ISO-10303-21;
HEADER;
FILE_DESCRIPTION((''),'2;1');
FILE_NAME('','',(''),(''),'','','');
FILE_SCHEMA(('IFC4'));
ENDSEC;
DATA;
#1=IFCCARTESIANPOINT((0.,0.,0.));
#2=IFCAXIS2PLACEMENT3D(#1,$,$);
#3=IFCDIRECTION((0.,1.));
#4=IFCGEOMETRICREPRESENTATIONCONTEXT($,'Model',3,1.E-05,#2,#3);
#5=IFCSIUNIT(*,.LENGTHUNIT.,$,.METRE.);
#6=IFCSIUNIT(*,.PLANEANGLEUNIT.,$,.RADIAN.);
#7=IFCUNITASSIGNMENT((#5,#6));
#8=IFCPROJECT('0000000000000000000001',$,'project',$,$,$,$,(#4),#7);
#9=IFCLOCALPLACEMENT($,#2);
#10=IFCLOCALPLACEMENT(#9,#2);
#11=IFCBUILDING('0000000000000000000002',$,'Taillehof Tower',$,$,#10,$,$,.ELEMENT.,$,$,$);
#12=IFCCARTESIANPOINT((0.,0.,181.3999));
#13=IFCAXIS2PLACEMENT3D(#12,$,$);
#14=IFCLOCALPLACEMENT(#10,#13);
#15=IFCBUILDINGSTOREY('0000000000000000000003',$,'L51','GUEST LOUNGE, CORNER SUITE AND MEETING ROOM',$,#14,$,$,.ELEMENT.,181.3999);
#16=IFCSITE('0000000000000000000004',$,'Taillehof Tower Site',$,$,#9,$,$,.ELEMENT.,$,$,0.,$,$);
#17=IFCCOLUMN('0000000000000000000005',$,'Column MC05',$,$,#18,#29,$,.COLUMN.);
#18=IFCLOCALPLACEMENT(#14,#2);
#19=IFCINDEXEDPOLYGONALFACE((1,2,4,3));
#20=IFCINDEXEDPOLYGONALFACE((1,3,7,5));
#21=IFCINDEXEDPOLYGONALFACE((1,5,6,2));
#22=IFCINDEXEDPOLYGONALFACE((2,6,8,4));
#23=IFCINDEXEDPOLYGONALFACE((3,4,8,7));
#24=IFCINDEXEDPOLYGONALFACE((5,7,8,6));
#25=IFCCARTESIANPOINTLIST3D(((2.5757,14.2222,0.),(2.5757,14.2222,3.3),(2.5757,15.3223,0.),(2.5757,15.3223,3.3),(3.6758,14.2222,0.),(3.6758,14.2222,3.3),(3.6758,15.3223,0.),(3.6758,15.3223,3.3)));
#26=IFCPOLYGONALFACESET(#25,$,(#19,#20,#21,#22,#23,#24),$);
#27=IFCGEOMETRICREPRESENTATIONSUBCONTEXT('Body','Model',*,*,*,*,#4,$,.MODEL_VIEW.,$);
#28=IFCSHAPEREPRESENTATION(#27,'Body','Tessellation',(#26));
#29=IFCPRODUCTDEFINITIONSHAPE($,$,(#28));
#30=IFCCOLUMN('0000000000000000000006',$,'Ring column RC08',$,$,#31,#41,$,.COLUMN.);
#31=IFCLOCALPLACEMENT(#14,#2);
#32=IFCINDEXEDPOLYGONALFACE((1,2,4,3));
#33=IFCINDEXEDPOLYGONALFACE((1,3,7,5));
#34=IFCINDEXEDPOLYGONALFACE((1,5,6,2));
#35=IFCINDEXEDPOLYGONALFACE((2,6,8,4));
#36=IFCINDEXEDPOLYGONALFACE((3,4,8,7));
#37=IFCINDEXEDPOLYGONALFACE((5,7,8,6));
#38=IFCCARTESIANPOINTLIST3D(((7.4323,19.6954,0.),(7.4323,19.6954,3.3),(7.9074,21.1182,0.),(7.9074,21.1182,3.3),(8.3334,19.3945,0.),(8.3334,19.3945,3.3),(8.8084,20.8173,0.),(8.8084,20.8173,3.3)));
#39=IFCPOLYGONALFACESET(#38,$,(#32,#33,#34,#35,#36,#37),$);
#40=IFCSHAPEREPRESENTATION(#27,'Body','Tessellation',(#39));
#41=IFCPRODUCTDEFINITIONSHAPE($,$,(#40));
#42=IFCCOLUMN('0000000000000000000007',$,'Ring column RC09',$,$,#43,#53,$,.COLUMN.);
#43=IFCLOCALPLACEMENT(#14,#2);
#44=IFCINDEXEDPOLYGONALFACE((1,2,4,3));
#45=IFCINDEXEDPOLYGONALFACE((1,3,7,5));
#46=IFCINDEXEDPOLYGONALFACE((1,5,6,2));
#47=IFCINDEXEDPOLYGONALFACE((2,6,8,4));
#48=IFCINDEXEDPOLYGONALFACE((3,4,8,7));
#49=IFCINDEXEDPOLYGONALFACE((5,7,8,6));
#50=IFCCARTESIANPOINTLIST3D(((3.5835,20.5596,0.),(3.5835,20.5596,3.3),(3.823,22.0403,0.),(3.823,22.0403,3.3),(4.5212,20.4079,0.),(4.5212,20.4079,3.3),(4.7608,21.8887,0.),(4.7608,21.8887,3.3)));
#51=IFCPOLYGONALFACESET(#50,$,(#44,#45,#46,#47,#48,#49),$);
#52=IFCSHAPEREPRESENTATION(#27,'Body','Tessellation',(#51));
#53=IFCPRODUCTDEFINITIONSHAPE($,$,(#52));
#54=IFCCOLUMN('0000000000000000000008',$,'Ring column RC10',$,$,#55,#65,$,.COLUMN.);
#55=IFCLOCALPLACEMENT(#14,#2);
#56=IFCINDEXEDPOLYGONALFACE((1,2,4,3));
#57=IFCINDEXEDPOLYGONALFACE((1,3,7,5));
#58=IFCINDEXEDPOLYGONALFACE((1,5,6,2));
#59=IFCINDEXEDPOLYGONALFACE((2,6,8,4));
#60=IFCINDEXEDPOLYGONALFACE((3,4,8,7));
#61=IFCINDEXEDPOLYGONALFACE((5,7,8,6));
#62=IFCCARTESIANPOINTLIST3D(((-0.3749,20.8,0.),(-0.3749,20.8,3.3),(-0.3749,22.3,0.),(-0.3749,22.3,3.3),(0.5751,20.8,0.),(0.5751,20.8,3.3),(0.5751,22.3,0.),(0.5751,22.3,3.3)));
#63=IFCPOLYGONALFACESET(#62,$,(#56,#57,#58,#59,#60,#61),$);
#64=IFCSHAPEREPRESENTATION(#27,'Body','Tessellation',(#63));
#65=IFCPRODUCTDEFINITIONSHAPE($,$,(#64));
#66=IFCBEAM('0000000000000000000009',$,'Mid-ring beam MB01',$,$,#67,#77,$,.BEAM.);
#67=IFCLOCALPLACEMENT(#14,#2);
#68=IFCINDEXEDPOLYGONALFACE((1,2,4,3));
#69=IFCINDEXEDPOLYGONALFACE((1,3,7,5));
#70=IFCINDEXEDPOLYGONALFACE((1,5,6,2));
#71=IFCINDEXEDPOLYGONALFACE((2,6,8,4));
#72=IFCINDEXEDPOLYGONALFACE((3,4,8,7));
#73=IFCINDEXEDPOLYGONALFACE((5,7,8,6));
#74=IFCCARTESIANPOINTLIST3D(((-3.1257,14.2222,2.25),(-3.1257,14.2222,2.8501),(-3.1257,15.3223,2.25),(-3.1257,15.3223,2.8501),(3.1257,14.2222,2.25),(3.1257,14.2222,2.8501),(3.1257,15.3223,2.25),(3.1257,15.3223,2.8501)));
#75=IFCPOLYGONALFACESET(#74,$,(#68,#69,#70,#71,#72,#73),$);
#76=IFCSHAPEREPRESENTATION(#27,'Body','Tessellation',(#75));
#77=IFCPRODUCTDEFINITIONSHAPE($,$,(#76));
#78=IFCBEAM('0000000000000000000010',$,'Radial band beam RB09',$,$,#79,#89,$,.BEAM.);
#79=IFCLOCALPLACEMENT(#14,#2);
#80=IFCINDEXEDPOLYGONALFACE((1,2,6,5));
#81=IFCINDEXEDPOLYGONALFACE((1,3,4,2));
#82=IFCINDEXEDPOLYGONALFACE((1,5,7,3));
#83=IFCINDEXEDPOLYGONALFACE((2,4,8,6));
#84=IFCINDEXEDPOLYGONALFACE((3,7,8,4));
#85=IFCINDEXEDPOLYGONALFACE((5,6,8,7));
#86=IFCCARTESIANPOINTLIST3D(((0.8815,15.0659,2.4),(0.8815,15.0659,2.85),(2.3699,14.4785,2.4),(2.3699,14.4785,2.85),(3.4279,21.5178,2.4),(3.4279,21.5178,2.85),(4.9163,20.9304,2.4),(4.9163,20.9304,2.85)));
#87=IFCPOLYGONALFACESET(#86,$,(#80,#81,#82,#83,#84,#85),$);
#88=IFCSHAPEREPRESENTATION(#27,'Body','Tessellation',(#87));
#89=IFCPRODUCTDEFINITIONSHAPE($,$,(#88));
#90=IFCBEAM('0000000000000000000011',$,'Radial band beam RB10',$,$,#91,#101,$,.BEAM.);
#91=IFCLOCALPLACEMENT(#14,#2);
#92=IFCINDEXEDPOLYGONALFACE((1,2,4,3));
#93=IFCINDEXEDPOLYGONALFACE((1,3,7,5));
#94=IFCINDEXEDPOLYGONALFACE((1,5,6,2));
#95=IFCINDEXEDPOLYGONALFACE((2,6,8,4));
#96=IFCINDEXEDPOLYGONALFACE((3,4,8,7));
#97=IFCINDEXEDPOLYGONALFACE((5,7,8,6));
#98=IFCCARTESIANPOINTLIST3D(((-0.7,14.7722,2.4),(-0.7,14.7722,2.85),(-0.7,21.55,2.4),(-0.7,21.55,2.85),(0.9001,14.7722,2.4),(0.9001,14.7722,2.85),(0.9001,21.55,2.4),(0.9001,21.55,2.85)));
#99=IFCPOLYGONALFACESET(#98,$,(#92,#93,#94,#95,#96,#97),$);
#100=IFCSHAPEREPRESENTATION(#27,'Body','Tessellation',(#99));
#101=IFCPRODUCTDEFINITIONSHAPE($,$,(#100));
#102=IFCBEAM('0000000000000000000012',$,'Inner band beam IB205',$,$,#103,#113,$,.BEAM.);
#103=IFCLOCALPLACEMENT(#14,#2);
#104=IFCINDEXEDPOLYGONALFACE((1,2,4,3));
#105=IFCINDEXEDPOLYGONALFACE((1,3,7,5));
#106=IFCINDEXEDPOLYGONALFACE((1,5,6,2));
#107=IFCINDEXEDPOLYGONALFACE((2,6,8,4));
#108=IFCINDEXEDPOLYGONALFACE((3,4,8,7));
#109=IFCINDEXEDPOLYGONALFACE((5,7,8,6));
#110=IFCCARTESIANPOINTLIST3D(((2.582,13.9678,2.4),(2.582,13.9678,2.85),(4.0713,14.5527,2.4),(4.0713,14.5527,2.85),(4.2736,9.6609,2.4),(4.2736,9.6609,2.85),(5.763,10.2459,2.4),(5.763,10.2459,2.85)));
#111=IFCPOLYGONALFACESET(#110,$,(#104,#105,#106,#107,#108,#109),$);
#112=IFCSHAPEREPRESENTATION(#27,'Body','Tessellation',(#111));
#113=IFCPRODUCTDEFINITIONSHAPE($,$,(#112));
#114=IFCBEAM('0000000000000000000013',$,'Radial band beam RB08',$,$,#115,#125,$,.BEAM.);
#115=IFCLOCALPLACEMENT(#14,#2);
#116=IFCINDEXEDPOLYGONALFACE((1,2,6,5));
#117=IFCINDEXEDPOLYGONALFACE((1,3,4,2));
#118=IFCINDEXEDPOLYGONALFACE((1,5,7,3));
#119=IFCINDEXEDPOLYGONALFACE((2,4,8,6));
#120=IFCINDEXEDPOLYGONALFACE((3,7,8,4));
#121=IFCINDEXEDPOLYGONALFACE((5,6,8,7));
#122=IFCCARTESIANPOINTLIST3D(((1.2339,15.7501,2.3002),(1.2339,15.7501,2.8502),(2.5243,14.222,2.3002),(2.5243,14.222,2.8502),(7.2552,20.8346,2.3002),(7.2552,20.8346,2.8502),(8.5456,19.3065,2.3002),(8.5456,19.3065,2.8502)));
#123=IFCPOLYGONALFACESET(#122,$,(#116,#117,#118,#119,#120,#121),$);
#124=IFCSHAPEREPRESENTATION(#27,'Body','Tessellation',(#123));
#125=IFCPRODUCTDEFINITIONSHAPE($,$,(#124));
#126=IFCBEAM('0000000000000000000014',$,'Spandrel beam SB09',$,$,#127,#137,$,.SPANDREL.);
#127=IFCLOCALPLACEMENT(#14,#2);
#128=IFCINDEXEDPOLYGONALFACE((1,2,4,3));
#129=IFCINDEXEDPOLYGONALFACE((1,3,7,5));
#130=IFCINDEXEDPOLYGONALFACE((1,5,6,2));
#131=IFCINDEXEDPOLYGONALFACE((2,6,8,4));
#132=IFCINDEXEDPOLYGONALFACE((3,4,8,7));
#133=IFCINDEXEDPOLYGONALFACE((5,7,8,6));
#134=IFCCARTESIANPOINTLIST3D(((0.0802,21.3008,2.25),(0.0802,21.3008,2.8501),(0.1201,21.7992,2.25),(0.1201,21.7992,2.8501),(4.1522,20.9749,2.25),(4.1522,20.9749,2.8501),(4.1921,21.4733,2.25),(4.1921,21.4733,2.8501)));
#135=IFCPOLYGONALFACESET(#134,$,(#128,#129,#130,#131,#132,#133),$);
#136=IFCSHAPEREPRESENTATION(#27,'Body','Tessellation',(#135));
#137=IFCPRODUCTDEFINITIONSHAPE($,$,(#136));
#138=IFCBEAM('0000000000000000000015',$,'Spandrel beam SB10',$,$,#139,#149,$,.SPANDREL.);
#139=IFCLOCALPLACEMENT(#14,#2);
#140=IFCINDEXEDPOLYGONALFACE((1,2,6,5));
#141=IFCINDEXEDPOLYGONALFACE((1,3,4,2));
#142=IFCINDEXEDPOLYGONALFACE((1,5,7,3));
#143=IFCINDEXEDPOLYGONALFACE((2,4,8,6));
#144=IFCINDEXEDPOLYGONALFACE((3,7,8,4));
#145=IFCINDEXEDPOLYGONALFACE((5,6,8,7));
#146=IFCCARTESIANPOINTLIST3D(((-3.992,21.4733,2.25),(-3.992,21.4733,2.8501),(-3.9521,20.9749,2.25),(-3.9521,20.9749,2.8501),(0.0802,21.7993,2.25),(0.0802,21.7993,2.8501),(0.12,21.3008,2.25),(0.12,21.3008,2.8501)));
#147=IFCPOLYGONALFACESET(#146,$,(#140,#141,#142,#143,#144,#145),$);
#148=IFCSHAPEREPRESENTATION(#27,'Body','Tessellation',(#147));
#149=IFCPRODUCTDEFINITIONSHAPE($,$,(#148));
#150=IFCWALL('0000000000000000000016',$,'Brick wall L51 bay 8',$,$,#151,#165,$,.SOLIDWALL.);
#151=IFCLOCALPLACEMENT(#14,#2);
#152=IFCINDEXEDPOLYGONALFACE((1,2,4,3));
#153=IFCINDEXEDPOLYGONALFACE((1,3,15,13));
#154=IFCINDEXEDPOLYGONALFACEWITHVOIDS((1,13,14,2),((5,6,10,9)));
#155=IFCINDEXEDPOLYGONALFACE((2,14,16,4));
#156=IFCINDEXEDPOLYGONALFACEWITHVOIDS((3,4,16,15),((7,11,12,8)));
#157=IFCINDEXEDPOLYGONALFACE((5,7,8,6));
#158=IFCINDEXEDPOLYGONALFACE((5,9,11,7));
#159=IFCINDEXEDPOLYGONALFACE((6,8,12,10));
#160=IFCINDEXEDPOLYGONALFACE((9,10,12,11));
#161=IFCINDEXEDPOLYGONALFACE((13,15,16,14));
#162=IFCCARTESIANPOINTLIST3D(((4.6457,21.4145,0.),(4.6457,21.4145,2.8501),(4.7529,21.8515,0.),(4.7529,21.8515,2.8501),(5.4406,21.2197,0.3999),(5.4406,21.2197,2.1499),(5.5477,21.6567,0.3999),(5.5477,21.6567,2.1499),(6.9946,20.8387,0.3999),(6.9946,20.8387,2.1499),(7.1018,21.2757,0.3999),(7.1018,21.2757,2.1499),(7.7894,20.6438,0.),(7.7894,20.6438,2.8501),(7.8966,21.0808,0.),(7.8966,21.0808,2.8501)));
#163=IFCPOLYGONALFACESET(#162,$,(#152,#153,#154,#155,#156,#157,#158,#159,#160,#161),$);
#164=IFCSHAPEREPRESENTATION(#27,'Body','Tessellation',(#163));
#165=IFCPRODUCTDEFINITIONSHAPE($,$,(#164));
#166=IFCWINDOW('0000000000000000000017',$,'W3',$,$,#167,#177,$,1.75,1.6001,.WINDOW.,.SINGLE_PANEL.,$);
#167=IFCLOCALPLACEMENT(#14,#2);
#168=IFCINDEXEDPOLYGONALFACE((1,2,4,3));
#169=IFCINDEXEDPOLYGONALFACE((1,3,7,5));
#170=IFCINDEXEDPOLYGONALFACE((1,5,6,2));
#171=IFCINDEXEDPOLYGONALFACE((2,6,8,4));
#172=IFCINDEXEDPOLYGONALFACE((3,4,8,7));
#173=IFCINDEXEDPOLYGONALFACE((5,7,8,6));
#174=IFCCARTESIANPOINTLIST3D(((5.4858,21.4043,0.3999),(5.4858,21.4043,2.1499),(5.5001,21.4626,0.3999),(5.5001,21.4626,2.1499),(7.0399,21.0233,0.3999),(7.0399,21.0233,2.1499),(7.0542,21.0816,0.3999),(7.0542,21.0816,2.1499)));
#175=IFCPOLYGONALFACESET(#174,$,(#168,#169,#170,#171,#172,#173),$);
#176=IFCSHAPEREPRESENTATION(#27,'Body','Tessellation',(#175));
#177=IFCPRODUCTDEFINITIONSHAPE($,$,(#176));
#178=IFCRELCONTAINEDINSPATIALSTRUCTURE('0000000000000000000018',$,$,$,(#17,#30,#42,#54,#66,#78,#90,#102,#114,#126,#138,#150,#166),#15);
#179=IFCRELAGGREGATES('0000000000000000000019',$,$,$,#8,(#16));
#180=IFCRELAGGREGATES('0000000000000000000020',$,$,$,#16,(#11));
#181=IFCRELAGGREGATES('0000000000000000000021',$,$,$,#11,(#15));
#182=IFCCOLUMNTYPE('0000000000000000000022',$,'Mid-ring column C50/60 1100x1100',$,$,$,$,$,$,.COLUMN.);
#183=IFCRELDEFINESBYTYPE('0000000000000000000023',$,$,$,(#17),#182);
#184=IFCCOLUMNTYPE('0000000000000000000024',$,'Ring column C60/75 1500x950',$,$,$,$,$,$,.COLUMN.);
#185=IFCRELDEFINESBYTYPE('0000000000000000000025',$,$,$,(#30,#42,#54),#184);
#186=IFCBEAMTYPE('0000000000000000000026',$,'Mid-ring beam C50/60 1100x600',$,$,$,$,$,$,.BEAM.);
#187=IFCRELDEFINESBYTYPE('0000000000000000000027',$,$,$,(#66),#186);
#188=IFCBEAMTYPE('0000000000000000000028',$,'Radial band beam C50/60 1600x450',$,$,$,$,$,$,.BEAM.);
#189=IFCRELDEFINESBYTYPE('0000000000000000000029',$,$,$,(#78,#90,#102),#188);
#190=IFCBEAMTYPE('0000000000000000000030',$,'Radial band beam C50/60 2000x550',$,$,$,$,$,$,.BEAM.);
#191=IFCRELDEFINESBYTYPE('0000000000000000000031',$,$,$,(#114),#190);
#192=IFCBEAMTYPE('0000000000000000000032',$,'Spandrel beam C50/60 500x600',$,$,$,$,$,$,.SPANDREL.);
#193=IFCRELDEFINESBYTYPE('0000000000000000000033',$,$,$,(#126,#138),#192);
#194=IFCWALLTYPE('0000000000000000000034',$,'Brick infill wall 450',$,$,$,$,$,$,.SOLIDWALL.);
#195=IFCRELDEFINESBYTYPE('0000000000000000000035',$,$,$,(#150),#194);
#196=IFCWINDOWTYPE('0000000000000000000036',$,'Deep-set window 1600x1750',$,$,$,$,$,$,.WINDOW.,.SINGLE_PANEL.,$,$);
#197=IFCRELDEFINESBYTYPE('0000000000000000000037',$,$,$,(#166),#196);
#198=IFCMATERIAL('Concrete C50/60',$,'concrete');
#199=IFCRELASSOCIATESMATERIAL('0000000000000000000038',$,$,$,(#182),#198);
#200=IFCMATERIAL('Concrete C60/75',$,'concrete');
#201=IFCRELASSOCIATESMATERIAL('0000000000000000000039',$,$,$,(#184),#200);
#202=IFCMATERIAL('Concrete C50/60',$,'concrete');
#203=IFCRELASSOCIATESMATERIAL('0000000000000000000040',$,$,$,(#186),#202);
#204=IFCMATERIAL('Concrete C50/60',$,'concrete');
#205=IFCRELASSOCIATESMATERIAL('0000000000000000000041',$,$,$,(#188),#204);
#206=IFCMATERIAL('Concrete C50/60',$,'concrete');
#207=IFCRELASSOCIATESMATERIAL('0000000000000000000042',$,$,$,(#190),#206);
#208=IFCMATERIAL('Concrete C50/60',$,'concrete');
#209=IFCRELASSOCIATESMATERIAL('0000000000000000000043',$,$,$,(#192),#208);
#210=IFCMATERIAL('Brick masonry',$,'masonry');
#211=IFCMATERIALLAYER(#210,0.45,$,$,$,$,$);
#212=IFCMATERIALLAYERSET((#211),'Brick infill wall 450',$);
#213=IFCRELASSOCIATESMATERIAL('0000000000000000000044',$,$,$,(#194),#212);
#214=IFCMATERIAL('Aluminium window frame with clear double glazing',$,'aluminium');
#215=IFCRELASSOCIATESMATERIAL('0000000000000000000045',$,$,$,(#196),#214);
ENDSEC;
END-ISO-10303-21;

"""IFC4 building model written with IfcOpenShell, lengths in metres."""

from ifc_helpers import new_model, si_unit, direction, frame, frame_2d, origin, origin_2d, place, context, subcontext, project, spatial, rectangle, extrude, material, layer, layer_set, material_profile, profile_set, type_object, element, fill, save


model = new_model("IFC4")

# Units and contexts
model_context = context("Model", 3, precision=1e-05, world=origin(), true_north=direction((0.0, 1.0)))
body_context = subcontext(model_context, "Body", "Model", "MODEL_VIEW")
ifc_project = project(units=[si_unit("LENGTHUNIT", "METRE"), si_unit("PLANEANGLEUNIT", "RADIAN")], contexts=[model_context])

# Site, building, storey
site_placement = place(None, origin())
site = spatial("IfcSite", under=ifc_project, at=site_placement, Name="Taillehof Tower Site", CompositionType="ELEMENT", RefElevation=0.0)
building_placement = place(site_placement, origin())
building = spatial("IfcBuilding", under=site, at=building_placement, Name="Taillehof Tower", CompositionType="ELEMENT")
storey_placement = place(building_placement, frame((0.0, 0.0, 181.3999)))
storey = spatial("IfcBuildingStorey", under=building, at=storey_placement, Name="L51", Description="GUEST LOUNGE, CORNER SUITE AND MEETING ROOM", CompositionType="ELEMENT", Elevation=181.3999)

# Columns
ifc_material_1 = material(Name="Concrete C50/60", Category="concrete")
ifc_material_profile_1 = material_profile(ifc_material_1, rectangle(XDim=1.1001, YDim=1.1001, at=origin_2d()), Name="RC 1100x1100")
ifc_profile_set_1 = profile_set([ifc_material_profile_1], Name="Concrete C50/60")
column_type_1 = type_object("IfcColumnType", Name="Mid-ring column C50/60 1100x1100", PredefinedType="COLUMN", material=ifc_profile_set_1)
column_placement = place(storey_placement, frame((3.1257, 14.7722, 0.0), z_axis=(0.0, 0.0, 1.0), x_axis=(1.0, 0.0, 0.0)))
element("IfcColumn", 1, at=column_placement, inside=storey, type_object=column_type_1, Name="Column MC05", PredefinedType="COLUMN", context=body_context, shape_type="SweptSolid", body=[
    extrude(rectangle(XDim=1.1001, YDim=1.1001, at=origin_2d()), origin(), (0.0, 0.0, 1.0), 3.3),
])
ifc_material_2 = material(Name="Concrete C60/75", Category="concrete")
ifc_material_profile_2 = material_profile(ifc_material_2, rectangle(XDim=1.5, YDim=0.95, at=origin_2d()), Name="RC 1500x950")
ifc_profile_set_2 = profile_set([ifc_material_profile_2], Name="Concrete C60/75")
column_type_2 = type_object("IfcColumnType", Name="Ring column C60/75 1500x950", PredefinedType="COLUMN", material=ifc_profile_set_2)
for number, where, z_axis, x_axis, name in (
    (2, (8.1204, 20.2563, 0.0), (0.0, 0.0, 1.0), (0.316703, 0.948525, 0.0), "Ring column RC08"),
    (3, (4.1721, 21.2241, 0.0), (0.0, 0.0, 1.0), (0.159679, 0.987169, 0.0), "Ring column RC09"),
    (4, (0.1001, 21.55, 0.0), (0.0, 0.0, 1.0), (0.0, 1.0, 0.0), "Ring column RC10"),
):
    element("IfcColumn", number, at=place(storey_placement, frame(where, z_axis=z_axis, x_axis=x_axis)), inside=storey, type_object=column_type_2, Name=name, PredefinedType="COLUMN", context=body_context, shape_type="SweptSolid", body=[
        extrude(rectangle(XDim=1.5, YDim=0.95, at=origin_2d()), origin(), (0.0, 0.0, 1.0), 3.3),
    ])

# Beams
ifc_material_3 = material(Name="Concrete C50/60", Category="concrete")
ifc_material_profile_3 = material_profile(ifc_material_3, rectangle(XDim=1.1001, YDim=0.6001, at=origin_2d()), Name="RC 1100x600")
ifc_profile_set_3 = profile_set([ifc_material_profile_3], Name="Concrete C50/60")
beam_type_1 = type_object("IfcBeamType", Name="Mid-ring beam C50/60 1100x600", PredefinedType="BEAM", material=ifc_profile_set_3)
beam_1_placement = place(storey_placement, frame((3.1257, 14.7722, 2.55), z_axis=(-1.0, 0.0, 0.0), x_axis=(0.0, -1.0, 0.0)))
element("IfcBeam", 5, at=beam_1_placement, inside=storey, type_object=beam_type_1, Name="Mid-ring beam MB01", PredefinedType="BEAM", context=body_context, shape_type="SweptSolid", body=[
    extrude(rectangle(XDim=1.1001, YDim=0.6001, at=origin_2d()), origin(), (0.0, 0.0, 1.0), 6.2515),
])
ifc_material_4 = material(Name="Concrete C50/60", Category="concrete")
ifc_material_profile_4 = material_profile(ifc_material_4, rectangle(XDim=1.6001, YDim=0.45, at=origin_2d()), Name="RC 1600x450")
ifc_profile_set_4 = profile_set([ifc_material_profile_4], Name="Concrete C50/60")
beam_type_2 = type_object("IfcBeamType", Name="Radial band beam C50/60 1600x450", PredefinedType="BEAM", material=ifc_profile_set_4)
beam_2_placement = place(storey_placement, frame((4.1721, 21.2241, 2.625), z_axis=(-0.367114, -0.930176, 0.0), x_axis=(0.930176, -0.367114, 0.0)))
element("IfcBeam", 6, at=beam_2_placement, inside=storey, type_object=beam_type_2, Name="Radial band beam RB09", PredefinedType="BEAM", context=body_context, shape_type="SweptSolid", body=[
    extrude(rectangle(XDim=1.6001, YDim=0.45, at=origin_2d()), origin(), (0.0, 0.0, 1.0), 6.9363),
])
beam_3_placement = place(storey_placement, frame((0.1001, 21.55, 2.625), z_axis=(0.0, -1.0, 0.0), x_axis=(1.0, 0.0, 0.0)))
element("IfcBeam", 7, at=beam_3_placement, inside=storey, type_object=beam_type_2, Name="Radial band beam RB10", PredefinedType="BEAM", context=body_context, shape_type="SweptSolid", body=[
    extrude(rectangle(XDim=1.6001, YDim=0.45, at=origin_2d()), origin(), (0.0, 0.0, 1.0), 6.7778),
])
beam_4_placement = place(storey_placement, frame((3.3267, 14.2603, 2.625), z_axis=(0.365589, -0.930777, 0.0), x_axis=(0.930777, 0.365589, 0.0)))
element("IfcBeam", 8, at=beam_4_placement, inside=storey, type_object=beam_type_2, Name="Inner band beam IB205", PredefinedType="BEAM", context=body_context, shape_type="SweptSolid", body=[
    extrude(rectangle(XDim=1.6001, YDim=0.45, at=origin_2d()), origin(), (0.0, 0.0, 1.0), 4.6272),
])
ifc_material_5 = material(Name="Concrete C50/60", Category="concrete")
ifc_material_profile_5 = material_profile(ifc_material_5, rectangle(XDim=2.0, YDim=0.55, at=origin_2d()), Name="RC 2000x550")
ifc_profile_set_5 = profile_set([ifc_material_profile_5], Name="Concrete C50/60")
beam_type_3 = type_object("IfcBeamType", Name="Radial band beam C50/60 2000x550", PredefinedType="BEAM", material=ifc_profile_set_5)
beam_5_placement = place(storey_placement, frame((7.9004, 20.0706, 2.5752), z_axis=(-0.764038, -0.645171, 0.0), x_axis=(0.645171, -0.764038, 0.0)))
element("IfcBeam", 9, at=beam_5_placement, inside=storey, type_object=beam_type_3, Name="Radial band beam RB08", PredefinedType="BEAM", context=body_context, shape_type="SweptSolid", body=[
    extrude(rectangle(XDim=2.0, YDim=0.55, at=origin_2d()), origin(), (0.0, 0.0, 1.0), 7.8809),
])
ifc_material_6 = material(Name="Concrete C50/60", Category="concrete")
ifc_material_profile_6 = material_profile(ifc_material_6, rectangle(XDim=0.5, YDim=0.6001, at=origin_2d()), Name="RC 500x600")
ifc_profile_set_6 = profile_set([ifc_material_profile_6], Name="Concrete C50/60")
beam_type_4 = type_object("IfcBeamType", Name="Spandrel beam C50/60 500x600", PredefinedType="SPANDREL", material=ifc_profile_set_6)
beam_6_placement = place(storey_placement, frame((4.1721, 21.2241, 2.55), z_axis=(-0.996812, 0.079786, 0.0), x_axis=(-0.079786, -0.996812, 0.0)))
element("IfcBeam", 10, at=beam_6_placement, inside=storey, type_object=beam_type_4, Name="Spandrel beam SB09", PredefinedType="SPANDREL", context=body_context, shape_type="SweptSolid", body=[
    extrude(rectangle(XDim=0.5, YDim=0.6001, at=origin_2d()), origin(), (0.0, 0.0, 1.0), 4.085),
])
beam_7_placement = place(storey_placement, frame((0.1001, 21.55, 2.55), z_axis=(-0.996812, -0.079781, 0.0), x_axis=(0.079781, -0.996812, 0.0)))
element("IfcBeam", 11, at=beam_7_placement, inside=storey, type_object=beam_type_4, Name="Spandrel beam SB10", PredefinedType="SPANDREL", context=body_context, shape_type="SweptSolid", body=[
    extrude(rectangle(XDim=0.5, YDim=0.6001, at=origin_2d()), origin(), (0.0, 0.0, 1.0), 4.0852),
])

# Wall, opening, window
ifc_material_7 = material(Name="Brick masonry", Category="masonry")
ifc_layer_1 = layer(ifc_material_7, 0.45)
ifc_layer_set_1 = layer_set([ifc_layer_1], Name="Brick infill wall 450")
wall_type_1 = type_object("IfcWallType", Name="Brick infill wall 450", PredefinedType="SOLIDWALL", material=ifc_layer_set_1)
wall_1_placement = place(storey_placement, frame((7.843, 20.8623, 0.0), z_axis=(0.0, 0.0, 1.0), x_axis=(-0.971237, 0.238114, 0.0)))
wall_1 = element("IfcWall", 12, at=wall_1_placement, inside=storey, type_object=wall_type_1, Name="Brick wall L51 bay 8", PredefinedType="SOLIDWALL", context=body_context, shape_type="SweptSolid", body=[
    extrude(rectangle(XDim=3.2368, YDim=0.45, at=frame_2d((1.6184, 0.0))), origin(), (0.0, 0.0, 1.0), 2.8501),
])
opening_1_placement = place(wall_1_placement, frame((0.8184, 0.0, 0.3999)))
opening_1 = element("IfcOpeningElement", 13, at=opening_1_placement, cuts=wall_1, PredefinedType="OPENING", context=body_context, shape_type="SweptSolid", body=[
    extrude(rectangle(XDim=1.6001, YDim=1.75, at=frame_2d((0.8, 0.875))), frame((0.0, 0.2349, 0.0), z_axis=(0.0, -1.0, 0.0), x_axis=(1.0, 0.0, 0.0)), (0.0, 0.0, 1.0), 0.47),
])
ifc_material_8 = material(Name="Aluminium window frame with clear double glazing", Category="aluminium")
window_type_1 = type_object("IfcWindowType", Name="Deep-set window 1600x1750", PartitioningType="SINGLE_PANEL", PredefinedType="WINDOW", material=ifc_material_8)
window_1_placement = place(opening_1_placement, origin())
window_1 = element("IfcWindow", 14, at=window_1_placement, inside=storey, type_object=window_type_1, Name="W3", OverallHeight=1.75, OverallWidth=1.6001, PartitioningType="SINGLE_PANEL", PredefinedType="WINDOW", context=body_context, shape_type="SweptSolid", body=[
    extrude(rectangle(XDim=1.6001, YDim=1.75, at=frame_2d((0.8, 0.875))), frame((0.0, 0.0349, 0.0), z_axis=(0.0, -1.0, 0.0), x_axis=(1.0, 0.0, 0.0)), (0.0, 0.0, 1.0), 0.0601),
])
fill(opening_1, window_1)

save(model, "model.ifc")
